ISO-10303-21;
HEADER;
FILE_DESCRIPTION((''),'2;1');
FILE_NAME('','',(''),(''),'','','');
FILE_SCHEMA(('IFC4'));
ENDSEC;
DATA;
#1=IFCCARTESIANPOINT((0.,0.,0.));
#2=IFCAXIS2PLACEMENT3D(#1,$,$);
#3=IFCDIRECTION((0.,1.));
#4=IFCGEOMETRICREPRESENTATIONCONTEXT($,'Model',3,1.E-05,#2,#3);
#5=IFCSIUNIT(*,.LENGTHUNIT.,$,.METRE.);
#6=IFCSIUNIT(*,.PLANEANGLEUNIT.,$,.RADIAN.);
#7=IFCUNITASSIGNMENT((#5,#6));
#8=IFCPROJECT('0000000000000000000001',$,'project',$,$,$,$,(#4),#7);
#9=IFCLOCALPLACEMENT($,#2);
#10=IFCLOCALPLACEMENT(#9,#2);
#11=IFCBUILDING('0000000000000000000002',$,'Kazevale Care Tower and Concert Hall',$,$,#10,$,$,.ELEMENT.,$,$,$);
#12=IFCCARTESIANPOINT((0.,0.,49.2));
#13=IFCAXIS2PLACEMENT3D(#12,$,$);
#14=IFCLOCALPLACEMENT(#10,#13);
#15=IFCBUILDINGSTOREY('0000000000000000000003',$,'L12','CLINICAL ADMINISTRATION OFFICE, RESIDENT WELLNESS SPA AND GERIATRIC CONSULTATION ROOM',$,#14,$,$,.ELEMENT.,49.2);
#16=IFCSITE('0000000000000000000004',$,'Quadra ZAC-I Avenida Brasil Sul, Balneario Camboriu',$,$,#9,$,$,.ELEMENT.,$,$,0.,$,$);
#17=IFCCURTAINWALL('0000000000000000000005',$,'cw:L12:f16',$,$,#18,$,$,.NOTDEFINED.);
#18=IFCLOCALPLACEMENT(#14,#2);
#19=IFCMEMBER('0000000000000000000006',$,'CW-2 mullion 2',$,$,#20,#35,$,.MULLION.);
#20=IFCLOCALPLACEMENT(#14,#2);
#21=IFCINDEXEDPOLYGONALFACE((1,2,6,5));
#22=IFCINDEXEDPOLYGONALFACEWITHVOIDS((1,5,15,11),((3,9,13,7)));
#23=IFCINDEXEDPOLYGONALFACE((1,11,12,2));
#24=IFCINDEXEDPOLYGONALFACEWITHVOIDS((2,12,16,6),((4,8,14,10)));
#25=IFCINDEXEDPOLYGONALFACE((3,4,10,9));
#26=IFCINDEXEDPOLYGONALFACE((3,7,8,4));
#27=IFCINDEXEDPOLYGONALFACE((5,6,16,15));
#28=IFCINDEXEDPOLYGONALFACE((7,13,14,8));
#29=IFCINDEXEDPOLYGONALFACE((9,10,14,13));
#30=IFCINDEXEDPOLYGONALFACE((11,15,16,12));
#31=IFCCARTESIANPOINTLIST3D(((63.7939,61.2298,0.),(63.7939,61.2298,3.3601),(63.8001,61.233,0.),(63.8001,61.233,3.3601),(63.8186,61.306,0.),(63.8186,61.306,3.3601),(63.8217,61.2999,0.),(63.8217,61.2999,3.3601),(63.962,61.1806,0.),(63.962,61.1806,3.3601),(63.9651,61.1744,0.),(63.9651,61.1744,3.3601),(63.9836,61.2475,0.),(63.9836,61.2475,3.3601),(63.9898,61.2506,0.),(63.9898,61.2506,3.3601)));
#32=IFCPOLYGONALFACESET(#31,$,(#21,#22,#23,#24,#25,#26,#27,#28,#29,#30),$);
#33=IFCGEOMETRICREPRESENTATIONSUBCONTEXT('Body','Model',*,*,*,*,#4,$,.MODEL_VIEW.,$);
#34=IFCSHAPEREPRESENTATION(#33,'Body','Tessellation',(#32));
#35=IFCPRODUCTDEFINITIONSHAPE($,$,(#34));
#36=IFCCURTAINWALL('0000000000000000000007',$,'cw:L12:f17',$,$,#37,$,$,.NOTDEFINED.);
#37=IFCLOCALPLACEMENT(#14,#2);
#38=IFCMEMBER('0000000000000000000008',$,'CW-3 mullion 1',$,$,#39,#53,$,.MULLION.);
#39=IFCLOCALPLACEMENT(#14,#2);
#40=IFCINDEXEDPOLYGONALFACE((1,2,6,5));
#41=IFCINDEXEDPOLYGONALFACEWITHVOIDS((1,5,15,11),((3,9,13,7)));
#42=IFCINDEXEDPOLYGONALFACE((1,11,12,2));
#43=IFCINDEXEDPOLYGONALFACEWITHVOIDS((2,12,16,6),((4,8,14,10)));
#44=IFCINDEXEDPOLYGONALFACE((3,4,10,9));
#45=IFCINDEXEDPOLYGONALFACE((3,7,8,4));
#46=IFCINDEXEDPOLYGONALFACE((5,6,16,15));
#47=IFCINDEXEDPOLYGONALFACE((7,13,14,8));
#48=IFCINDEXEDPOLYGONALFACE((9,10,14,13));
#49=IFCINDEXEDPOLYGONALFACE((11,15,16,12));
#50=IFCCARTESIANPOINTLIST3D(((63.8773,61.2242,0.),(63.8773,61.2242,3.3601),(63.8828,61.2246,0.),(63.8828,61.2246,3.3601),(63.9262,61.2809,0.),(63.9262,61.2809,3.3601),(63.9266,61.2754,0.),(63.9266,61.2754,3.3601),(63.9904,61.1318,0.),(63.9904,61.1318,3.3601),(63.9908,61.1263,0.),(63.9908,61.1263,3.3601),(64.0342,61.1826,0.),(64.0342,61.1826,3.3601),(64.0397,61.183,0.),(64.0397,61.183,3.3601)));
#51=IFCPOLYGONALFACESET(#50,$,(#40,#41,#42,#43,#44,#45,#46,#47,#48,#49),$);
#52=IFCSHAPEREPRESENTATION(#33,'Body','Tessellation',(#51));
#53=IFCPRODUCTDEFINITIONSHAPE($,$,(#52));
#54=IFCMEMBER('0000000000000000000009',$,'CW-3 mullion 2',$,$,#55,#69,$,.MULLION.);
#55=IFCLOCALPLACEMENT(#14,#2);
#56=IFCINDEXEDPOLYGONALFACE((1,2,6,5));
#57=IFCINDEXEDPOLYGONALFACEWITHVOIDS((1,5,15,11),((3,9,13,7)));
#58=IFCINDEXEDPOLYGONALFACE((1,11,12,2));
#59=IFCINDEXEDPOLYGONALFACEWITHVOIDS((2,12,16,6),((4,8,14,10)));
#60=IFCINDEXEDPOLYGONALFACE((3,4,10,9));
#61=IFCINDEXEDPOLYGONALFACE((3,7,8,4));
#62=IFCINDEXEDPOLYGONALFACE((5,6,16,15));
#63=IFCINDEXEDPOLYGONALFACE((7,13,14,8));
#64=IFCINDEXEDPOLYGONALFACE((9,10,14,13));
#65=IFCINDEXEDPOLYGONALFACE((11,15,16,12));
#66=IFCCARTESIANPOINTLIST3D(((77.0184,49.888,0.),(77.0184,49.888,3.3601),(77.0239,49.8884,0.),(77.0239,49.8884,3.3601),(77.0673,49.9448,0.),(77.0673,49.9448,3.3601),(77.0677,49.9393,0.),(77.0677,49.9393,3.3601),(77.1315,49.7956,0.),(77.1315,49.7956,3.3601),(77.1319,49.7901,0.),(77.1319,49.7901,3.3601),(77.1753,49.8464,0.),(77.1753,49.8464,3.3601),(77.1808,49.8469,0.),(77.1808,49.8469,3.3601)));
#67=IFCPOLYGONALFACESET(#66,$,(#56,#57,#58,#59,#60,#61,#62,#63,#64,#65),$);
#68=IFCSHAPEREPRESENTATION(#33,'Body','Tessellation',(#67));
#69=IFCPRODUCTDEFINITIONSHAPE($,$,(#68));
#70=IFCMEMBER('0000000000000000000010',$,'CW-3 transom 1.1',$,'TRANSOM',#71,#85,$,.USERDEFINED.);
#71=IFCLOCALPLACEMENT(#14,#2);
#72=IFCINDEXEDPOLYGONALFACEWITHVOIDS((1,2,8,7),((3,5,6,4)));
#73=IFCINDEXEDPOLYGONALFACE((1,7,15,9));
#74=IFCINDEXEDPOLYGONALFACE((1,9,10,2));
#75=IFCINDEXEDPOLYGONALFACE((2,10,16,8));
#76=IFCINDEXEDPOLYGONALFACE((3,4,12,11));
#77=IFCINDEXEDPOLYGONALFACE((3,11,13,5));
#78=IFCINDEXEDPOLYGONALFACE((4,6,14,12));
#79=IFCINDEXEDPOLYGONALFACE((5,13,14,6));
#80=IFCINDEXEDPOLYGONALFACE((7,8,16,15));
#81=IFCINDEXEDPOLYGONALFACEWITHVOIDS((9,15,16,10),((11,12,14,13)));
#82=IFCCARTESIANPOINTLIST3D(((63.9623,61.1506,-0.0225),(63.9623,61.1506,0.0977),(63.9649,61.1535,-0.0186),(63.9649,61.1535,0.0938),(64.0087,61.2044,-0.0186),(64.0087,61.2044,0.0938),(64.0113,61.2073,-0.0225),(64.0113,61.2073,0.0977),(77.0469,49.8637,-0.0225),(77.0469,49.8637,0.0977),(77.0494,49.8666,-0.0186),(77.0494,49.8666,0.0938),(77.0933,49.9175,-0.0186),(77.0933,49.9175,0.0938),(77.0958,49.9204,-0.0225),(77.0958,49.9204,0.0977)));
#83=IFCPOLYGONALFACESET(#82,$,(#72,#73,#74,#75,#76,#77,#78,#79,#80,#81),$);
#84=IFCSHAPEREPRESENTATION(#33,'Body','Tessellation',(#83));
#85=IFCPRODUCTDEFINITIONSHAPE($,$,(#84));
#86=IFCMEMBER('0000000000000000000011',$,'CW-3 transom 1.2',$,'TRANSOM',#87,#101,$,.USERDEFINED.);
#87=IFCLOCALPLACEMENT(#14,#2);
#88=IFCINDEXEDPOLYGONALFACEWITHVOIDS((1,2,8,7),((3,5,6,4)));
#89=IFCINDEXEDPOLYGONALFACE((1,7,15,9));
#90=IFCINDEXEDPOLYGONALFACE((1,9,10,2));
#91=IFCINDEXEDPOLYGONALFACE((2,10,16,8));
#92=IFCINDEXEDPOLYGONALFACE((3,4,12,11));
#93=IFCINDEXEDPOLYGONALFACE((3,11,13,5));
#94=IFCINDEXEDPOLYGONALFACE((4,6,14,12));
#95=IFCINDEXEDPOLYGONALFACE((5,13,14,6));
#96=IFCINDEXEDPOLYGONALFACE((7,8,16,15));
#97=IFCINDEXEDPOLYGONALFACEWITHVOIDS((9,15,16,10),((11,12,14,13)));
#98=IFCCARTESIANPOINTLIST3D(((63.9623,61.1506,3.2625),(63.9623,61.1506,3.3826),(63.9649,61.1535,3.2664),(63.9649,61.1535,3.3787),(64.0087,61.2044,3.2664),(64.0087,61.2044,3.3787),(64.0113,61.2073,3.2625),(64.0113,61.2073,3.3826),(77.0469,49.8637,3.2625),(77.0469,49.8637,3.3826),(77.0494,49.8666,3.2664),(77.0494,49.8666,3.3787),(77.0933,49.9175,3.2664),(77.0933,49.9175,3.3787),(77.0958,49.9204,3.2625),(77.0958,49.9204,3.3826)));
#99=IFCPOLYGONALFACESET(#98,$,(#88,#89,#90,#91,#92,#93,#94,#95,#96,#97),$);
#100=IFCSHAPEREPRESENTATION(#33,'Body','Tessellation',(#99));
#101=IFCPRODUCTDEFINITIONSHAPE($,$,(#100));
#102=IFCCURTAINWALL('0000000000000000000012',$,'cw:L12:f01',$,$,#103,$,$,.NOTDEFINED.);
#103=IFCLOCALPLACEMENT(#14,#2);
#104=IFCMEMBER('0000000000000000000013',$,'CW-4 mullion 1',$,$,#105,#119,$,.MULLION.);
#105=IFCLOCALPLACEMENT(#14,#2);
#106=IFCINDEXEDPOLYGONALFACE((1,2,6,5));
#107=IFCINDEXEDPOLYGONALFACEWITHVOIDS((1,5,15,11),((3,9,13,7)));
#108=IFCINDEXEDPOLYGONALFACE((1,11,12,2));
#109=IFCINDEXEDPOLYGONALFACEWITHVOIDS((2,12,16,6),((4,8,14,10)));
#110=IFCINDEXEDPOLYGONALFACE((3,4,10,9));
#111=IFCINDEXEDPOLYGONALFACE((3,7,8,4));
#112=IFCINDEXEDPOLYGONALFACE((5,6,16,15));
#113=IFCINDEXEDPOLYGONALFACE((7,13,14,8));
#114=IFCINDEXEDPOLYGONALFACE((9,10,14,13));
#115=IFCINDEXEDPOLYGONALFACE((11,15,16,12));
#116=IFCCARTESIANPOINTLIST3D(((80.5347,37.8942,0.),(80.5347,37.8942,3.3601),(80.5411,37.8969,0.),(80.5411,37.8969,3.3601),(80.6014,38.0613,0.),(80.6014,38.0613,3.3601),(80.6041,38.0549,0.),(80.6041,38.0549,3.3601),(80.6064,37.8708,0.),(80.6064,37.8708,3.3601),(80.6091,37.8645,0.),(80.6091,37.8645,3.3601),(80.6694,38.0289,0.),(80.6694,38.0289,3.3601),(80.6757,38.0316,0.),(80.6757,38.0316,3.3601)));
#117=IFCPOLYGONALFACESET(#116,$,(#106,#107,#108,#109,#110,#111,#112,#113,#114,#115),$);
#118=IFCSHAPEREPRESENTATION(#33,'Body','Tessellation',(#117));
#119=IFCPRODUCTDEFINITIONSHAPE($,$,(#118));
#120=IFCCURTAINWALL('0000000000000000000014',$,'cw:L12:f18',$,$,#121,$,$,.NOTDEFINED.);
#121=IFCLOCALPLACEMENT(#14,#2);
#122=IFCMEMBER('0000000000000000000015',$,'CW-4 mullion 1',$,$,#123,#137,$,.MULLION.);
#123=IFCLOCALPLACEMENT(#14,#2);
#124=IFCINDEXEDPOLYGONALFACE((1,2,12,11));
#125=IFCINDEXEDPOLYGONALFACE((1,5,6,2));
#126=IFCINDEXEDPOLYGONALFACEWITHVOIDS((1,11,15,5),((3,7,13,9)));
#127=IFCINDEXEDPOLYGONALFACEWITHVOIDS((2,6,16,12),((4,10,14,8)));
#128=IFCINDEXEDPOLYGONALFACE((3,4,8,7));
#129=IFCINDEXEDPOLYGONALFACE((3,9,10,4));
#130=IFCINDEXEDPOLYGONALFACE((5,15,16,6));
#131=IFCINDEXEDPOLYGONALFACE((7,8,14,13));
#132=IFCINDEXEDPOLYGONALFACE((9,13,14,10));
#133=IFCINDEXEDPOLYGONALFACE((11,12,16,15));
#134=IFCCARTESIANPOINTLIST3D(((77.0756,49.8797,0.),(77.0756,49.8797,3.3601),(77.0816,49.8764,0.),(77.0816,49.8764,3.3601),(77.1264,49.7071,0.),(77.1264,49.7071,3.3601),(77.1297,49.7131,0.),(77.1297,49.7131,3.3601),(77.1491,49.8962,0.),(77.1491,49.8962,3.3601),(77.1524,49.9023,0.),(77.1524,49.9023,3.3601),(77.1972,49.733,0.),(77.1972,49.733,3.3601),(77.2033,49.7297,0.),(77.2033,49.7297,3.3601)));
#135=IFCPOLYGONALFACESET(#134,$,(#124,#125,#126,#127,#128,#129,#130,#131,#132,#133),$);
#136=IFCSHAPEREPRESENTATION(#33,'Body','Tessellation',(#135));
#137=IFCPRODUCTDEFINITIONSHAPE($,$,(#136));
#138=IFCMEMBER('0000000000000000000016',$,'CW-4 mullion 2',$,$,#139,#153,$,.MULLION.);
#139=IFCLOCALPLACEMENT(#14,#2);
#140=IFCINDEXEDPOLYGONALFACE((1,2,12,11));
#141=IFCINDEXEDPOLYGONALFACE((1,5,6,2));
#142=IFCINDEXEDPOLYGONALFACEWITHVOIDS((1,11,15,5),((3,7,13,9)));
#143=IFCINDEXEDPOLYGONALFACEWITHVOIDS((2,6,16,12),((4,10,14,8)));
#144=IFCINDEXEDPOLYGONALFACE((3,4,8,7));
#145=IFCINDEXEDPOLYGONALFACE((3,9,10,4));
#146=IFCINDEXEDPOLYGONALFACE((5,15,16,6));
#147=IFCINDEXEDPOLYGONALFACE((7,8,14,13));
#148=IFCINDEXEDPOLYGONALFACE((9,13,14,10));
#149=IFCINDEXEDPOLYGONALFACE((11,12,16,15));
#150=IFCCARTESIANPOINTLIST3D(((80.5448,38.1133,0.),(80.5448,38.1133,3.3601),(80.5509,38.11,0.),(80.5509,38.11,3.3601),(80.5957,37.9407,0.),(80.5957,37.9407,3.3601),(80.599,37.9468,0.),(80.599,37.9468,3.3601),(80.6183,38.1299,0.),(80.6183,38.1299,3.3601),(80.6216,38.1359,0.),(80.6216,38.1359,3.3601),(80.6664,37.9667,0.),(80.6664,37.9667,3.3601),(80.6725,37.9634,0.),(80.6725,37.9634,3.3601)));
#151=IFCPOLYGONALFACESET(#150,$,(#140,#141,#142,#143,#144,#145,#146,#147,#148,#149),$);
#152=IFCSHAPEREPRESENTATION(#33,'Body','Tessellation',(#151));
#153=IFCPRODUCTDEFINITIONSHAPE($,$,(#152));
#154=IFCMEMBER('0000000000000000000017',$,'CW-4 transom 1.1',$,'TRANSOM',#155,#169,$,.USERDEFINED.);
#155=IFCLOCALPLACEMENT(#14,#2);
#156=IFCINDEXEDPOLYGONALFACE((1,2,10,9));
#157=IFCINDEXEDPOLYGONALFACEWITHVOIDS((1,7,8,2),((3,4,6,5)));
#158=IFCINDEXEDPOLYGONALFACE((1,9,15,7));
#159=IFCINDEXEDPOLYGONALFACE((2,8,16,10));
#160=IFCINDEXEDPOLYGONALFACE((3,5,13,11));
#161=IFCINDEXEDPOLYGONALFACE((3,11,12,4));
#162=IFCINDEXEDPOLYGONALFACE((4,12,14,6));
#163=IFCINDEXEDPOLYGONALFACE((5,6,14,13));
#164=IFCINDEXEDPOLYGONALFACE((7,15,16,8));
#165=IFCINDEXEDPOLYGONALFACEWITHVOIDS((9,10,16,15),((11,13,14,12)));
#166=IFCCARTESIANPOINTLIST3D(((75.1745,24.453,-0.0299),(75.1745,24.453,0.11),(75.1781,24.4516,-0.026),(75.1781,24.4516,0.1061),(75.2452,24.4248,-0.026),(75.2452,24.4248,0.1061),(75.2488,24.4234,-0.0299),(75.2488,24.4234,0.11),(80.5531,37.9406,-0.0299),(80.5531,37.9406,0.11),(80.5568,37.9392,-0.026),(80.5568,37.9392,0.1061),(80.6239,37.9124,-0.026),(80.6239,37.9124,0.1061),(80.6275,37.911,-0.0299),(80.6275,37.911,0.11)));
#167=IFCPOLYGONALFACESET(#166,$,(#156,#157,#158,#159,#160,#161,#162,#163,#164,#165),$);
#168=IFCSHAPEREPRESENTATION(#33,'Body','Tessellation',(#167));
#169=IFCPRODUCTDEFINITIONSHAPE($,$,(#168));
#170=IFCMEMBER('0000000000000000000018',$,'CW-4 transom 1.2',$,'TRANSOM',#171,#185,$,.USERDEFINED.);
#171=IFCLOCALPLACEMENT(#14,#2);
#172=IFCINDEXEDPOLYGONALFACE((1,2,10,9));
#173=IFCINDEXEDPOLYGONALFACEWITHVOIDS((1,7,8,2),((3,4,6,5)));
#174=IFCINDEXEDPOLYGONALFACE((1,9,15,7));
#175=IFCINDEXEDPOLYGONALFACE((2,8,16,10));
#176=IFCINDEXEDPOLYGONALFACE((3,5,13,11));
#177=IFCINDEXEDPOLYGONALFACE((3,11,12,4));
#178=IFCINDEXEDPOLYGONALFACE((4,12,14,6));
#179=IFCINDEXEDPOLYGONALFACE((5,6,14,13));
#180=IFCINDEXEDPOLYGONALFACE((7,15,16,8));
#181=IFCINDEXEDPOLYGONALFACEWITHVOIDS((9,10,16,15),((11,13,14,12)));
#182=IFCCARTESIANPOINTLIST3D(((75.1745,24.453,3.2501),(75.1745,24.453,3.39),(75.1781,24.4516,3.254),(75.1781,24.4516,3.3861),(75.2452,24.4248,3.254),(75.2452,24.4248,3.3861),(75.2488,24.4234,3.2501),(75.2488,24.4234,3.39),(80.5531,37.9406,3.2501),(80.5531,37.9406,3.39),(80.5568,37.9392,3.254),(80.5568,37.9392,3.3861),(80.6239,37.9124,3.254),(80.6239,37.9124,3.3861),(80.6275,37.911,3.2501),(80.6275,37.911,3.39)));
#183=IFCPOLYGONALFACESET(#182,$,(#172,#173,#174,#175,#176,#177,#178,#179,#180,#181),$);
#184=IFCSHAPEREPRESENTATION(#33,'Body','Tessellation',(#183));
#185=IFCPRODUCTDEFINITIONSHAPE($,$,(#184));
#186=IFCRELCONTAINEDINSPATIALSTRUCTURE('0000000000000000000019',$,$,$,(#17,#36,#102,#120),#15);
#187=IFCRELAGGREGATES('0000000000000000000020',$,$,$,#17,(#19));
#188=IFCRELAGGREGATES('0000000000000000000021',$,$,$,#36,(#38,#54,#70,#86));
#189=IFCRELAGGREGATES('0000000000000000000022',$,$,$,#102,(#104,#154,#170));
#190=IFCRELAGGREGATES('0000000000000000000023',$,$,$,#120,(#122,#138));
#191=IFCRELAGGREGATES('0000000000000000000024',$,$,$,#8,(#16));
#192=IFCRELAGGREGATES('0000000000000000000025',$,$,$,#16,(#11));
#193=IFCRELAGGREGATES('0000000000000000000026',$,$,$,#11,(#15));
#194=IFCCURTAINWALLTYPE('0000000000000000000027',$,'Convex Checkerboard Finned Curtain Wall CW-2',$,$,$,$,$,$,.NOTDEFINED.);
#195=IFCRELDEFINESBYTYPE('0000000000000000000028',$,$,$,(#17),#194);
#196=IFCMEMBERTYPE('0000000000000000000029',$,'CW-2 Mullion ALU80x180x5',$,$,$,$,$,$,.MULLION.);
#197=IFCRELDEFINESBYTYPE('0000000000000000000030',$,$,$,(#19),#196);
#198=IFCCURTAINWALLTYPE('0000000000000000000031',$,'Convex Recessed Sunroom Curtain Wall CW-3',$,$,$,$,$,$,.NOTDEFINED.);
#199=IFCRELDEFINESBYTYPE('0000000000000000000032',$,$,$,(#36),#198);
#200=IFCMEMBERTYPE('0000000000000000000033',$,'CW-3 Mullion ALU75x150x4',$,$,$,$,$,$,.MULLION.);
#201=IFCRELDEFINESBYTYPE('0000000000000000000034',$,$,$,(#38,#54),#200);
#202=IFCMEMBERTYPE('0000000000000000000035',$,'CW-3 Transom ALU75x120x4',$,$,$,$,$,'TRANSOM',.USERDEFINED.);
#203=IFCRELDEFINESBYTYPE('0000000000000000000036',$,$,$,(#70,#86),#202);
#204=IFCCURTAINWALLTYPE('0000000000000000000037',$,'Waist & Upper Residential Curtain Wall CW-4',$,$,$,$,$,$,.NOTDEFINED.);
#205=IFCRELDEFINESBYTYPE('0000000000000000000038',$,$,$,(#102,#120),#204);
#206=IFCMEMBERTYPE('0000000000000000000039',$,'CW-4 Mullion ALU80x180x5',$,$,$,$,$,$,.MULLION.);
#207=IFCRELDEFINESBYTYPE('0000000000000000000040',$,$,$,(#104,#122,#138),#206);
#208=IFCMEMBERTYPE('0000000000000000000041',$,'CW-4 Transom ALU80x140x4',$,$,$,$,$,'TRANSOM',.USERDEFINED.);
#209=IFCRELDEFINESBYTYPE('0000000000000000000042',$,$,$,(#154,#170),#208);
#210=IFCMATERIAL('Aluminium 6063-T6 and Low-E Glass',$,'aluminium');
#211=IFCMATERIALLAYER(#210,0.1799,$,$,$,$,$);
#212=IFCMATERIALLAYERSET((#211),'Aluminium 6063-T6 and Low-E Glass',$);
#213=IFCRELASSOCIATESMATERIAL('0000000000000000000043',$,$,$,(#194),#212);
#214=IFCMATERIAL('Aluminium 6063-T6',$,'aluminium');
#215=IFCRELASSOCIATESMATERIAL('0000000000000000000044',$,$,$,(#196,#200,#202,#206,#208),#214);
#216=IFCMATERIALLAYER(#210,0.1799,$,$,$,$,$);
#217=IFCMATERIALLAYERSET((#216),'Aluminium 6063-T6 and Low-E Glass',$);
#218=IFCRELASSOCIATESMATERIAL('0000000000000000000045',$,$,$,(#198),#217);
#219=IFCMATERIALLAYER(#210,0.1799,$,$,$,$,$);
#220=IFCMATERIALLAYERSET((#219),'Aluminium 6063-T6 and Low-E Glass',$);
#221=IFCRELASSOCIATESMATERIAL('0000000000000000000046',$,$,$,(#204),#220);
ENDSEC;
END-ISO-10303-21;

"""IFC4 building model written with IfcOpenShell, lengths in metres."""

from ifc_helpers import new_model, si_unit, direction, frame, origin, origin_2d, place, context, subcontext, project, spatial, hollow_rectangle, extrude, material, layer, layer_set, material_profile, profile_set, type_object, element, aggregate, save


model = new_model("IFC4")

# Units and contexts
model_context = context("Model", 3, precision=1e-05, world=origin(), true_north=direction((0.0, 1.0)))
body_context = subcontext(model_context, "Body", "Model", "MODEL_VIEW")
ifc_project = project(units=[si_unit("LENGTHUNIT", "METRE"), si_unit("PLANEANGLEUNIT", "RADIAN")], contexts=[model_context])

# Site, building, storey
site_placement = place(None, origin())
site = spatial("IfcSite", under=ifc_project, at=site_placement, Name="Quadra ZAC-I Avenida Brasil Sul, Balneario Camboriu", CompositionType="ELEMENT", RefElevation=0.0)
building_placement = place(site_placement, origin())
building = spatial("IfcBuilding", under=site, at=building_placement, Name="Kazevale Care Tower and Concert Hall", CompositionType="ELEMENT")
storey_placement = place(building_placement, frame((0.0, 0.0, 49.2)))
storey = spatial("IfcBuildingStorey", under=building, at=storey_placement, Name="L12", Description="CLINICAL ADMINISTRATION OFFICE, RESIDENT WELLNESS SPA AND GERIATRIC CONSULTATION ROOM", CompositionType="ELEMENT", Elevation=49.2)

# Curtain wall, member
ifc_material_1 = material(Name="Aluminium 6063-T6 and Low-E Glass", Category="aluminium")
ifc_layer_1 = layer(ifc_material_1, 0.1799)
ifc_layer_set_1 = layer_set([ifc_layer_1], Name="Aluminium 6063-T6 and Low-E Glass")
curtain_wall_type_1 = type_object("IfcCurtainWallType", Name="Convex Checkerboard Finned Curtain Wall CW-2", PredefinedType="NOTDEFINED", material=ifc_layer_set_1)
curtain_wall_1_placement = place(storey_placement, origin())
curtain_wall_1 = element("IfcCurtainWall", 1, at=curtain_wall_1_placement, inside=storey, type_object=curtain_wall_type_1, Name="cw:L12:f16", PredefinedType="NOTDEFINED")
ifc_material_2 = material(Name="Aluminium 6063-T6", Category="aluminium")
ifc_material_profile_1 = material_profile(ifc_material_2, hollow_rectangle(XDim=0.0801, YDim=0.1799, WallThickness=0.0049, at=origin_2d()), Name="ALU80x180x5")
ifc_profile_set_1 = profile_set([ifc_material_profile_1], Name="Aluminium 6063-T6")
member_type_1 = type_object("IfcMemberType", Name="CW-2 Mullion ALU80x180x5", PredefinedType="MULLION", material=ifc_profile_set_1)
member_1_placement = place(storey_placement, frame((63.8918, 61.2402, 0.0), z_axis=(0.0, 0.0, 1.0), x_axis=(0.307926, 0.95141, 0.0)))
member_1 = element("IfcMember", 2, at=member_1_placement, type_object=member_type_1, Name="CW-2 mullion 2", PredefinedType="MULLION", context=body_context, shape_type="SweptSolid", body=[
    extrude(hollow_rectangle(XDim=0.0801, YDim=0.1799, WallThickness=0.0049, at=origin_2d()), origin(), (0.0, 0.0, 1.0), 3.3601),
])

# Curtain wall, members
ifc_layer_2 = layer(ifc_material_1, 0.1799)
ifc_layer_set_2 = layer_set([ifc_layer_2], Name="Aluminium 6063-T6 and Low-E Glass")
curtain_wall_type_2 = type_object("IfcCurtainWallType", Name="Convex Recessed Sunroom Curtain Wall CW-3", PredefinedType="NOTDEFINED", material=ifc_layer_set_2)
curtain_wall_2_placement = place(storey_placement, origin())
curtain_wall_2 = element("IfcCurtainWall", 3, at=curtain_wall_2_placement, inside=storey, type_object=curtain_wall_type_2, Name="cw:L12:f17", PredefinedType="NOTDEFINED")
ifc_material_profile_2 = material_profile(ifc_material_2, hollow_rectangle(XDim=0.075, YDim=0.1499, WallThickness=0.0039, at=origin_2d()), Name="ALU75x150x4")
ifc_profile_set_2 = profile_set([ifc_material_profile_2], Name="Aluminium 6063-T6")
member_type_2 = type_object("IfcMemberType", Name="CW-3 Mullion ALU75x150x4", PredefinedType="MULLION", material=ifc_profile_set_2)
member_2_placement = place(storey_placement, frame((63.9585, 61.2036, 0.0), z_axis=(0.0, 0.0, 1.0), x_axis=(0.653184, 0.7572, 0.0)))
member_2 = element("IfcMember", 4, at=member_2_placement, type_object=member_type_2, Name="CW-3 mullion 1", PredefinedType="MULLION", context=body_context, shape_type="SweptSolid", body=[
    extrude(hollow_rectangle(XDim=0.075, YDim=0.1499, WallThickness=0.0039, at=origin_2d()), origin(), (0.0, 0.0, 1.0), 3.3601),
])
member_3_placement = place(storey_placement, frame((77.0996, 49.8674, 0.0), z_axis=(0.0, 0.0, 1.0), x_axis=(0.653184, 0.7572, 0.0)))
member_3 = element("IfcMember", 5, at=member_3_placement, type_object=member_type_2, Name="CW-3 mullion 2", PredefinedType="MULLION", context=body_context, shape_type="SweptSolid", body=[
    extrude(hollow_rectangle(XDim=0.075, YDim=0.1499, WallThickness=0.0039, at=origin_2d()), origin(), (0.0, 0.0, 1.0), 3.3601),
])
ifc_material_profile_3 = material_profile(ifc_material_2, hollow_rectangle(XDim=0.075, YDim=0.1201, WallThickness=0.0039, at=origin_2d()), Name="ALU75x120x4")
ifc_profile_set_3 = profile_set([ifc_material_profile_3], Name="Aluminium 6063-T6")
member_type_3 = type_object("IfcMemberType", Name="CW-3 Transom ALU75x120x4", ElementType="TRANSOM", PredefinedType="USERDEFINED", material=ifc_profile_set_3)
member_4_placement = place(storey_placement, frame((63.9868, 61.179, 0.0376), z_axis=(0.757205, -0.653177, 0.0), x_axis=(0.653177, 0.757205, 0.0)))
member_4 = element("IfcMember", 6, at=member_4_placement, type_object=member_type_3, Name="CW-3 transom 1.1", ObjectType="TRANSOM", PredefinedType="USERDEFINED", context=body_context, shape_type="SweptSolid", body=[
    extrude(hollow_rectangle(XDim=0.075, YDim=0.1201, WallThickness=0.0039, at=origin_2d()), origin(), (0.0, 0.0, 1.0), 17.28),
])
member_5_placement = place(storey_placement, frame((63.9868, 61.179, 3.3225), z_axis=(0.757205, -0.653177, 0.0), x_axis=(0.653177, 0.757205, 0.0)))
member_5 = element("IfcMember", 7, at=member_5_placement, type_object=member_type_3, Name="CW-3 transom 1.2", ObjectType="TRANSOM", PredefinedType="USERDEFINED", context=body_context, shape_type="SweptSolid", body=[
    extrude(hollow_rectangle(XDim=0.075, YDim=0.1201, WallThickness=0.0039, at=origin_2d()), origin(), (0.0, 0.0, 1.0), 17.28),
])

# Curtain wall, member
ifc_layer_3 = layer(ifc_material_1, 0.1799)
ifc_layer_set_3 = layer_set([ifc_layer_3], Name="Aluminium 6063-T6 and Low-E Glass")
curtain_wall_type_3 = type_object("IfcCurtainWallType", Name="Waist & Upper Residential Curtain Wall CW-4", PredefinedType="NOTDEFINED", material=ifc_layer_set_3)
curtain_wall_3_placement = place(storey_placement, origin())
curtain_wall_3 = element("IfcCurtainWall", 8, at=curtain_wall_3_placement, inside=storey, type_object=curtain_wall_type_3, Name="cw:L12:f01", PredefinedType="NOTDEFINED")
ifc_material_profile_4 = material_profile(ifc_material_2, hollow_rectangle(XDim=0.0801, YDim=0.1799, WallThickness=0.0049, at=origin_2d()), Name="ALU80x180x5")
ifc_profile_set_4 = profile_set([ifc_material_profile_4], Name="Aluminium 6063-T6")
member_type_4 = type_object("IfcMemberType", Name="CW-4 Mullion ALU80x180x5", PredefinedType="MULLION", material=ifc_profile_set_4)
member_6_placement = place(storey_placement, frame((80.6052, 37.9629, 0.0), z_axis=(0.0, 0.0, 1.0), x_axis=(0.928861, -0.370427, 0.0)))
member_6 = element("IfcMember", 9, at=member_6_placement, type_object=member_type_4, Name="CW-4 mullion 1", PredefinedType="MULLION", context=body_context, shape_type="SweptSolid", body=[
    extrude(hollow_rectangle(XDim=0.0801, YDim=0.1799, WallThickness=0.0049, at=origin_2d()), origin(), (0.0, 0.0, 1.0), 3.3601),
])

# Curtain wall, members
curtain_wall_4_placement = place(storey_placement, origin())
curtain_wall_4 = element("IfcCurtainWall", 10, at=curtain_wall_4_placement, inside=storey, type_object=curtain_wall_type_3, Name="cw:L12:f18", PredefinedType="NOTDEFINED")
member_7_placement = place(storey_placement, frame((77.1394, 49.8047, 0.0), z_axis=(0.0, 0.0, 1.0), x_axis=(0.959173, 0.28282, 0.0)))
member_7 = element("IfcMember", 11, at=member_7_placement, type_object=member_type_4, Name="CW-4 mullion 1", PredefinedType="MULLION", context=body_context, shape_type="SweptSolid", body=[
    extrude(hollow_rectangle(XDim=0.0801, YDim=0.1799, WallThickness=0.0049, at=origin_2d()), origin(), (0.0, 0.0, 1.0), 3.3601),
])
member_8_placement = place(storey_placement, frame((80.6086, 38.0383, 0.0), z_axis=(0.0, 0.0, 1.0), x_axis=(0.959173, 0.28282, 0.0)))
member_8 = element("IfcMember", 12, at=member_8_placement, type_object=member_type_4, Name="CW-4 mullion 2", PredefinedType="MULLION", context=body_context, shape_type="SweptSolid", body=[
    extrude(hollow_rectangle(XDim=0.0801, YDim=0.1799, WallThickness=0.0049, at=origin_2d()), origin(), (0.0, 0.0, 1.0), 3.3601),
])

# Members
ifc_material_profile_5 = material_profile(ifc_material_2, hollow_rectangle(XDim=0.0801, YDim=0.1399, WallThickness=0.0039, at=origin_2d()), Name="ALU80x140x4")
ifc_profile_set_5 = profile_set([ifc_material_profile_5], Name="Aluminium 6063-T6")
member_type_5 = type_object("IfcMemberType", Name="CW-4 Transom ALU80x140x4", ElementType="TRANSOM", PredefinedType="USERDEFINED", material=ifc_profile_set_5)
member_9_placement = place(storey_placement, frame((80.5903, 37.9258, 0.04), z_axis=(-0.370419, -0.928865, 0.0), x_axis=(0.928865, -0.370419, 0.0)))
member_9 = element("IfcMember", 13, at=member_9_placement, type_object=member_type_5, Name="CW-4 transom 1.1", ObjectType="TRANSOM", PredefinedType="USERDEFINED", context=body_context, shape_type="SweptSolid", body=[
    extrude(hollow_rectangle(XDim=0.0801, YDim=0.1399, WallThickness=0.0039, at=origin_2d()), origin(), (0.0, 0.0, 1.0), 14.5205),
])
member_10_placement = place(storey_placement, frame((80.5903, 37.9258, 3.3201), z_axis=(-0.370419, -0.928865, 0.0), x_axis=(0.928865, -0.370419, 0.0)))
member_10 = element("IfcMember", 14, at=member_10_placement, type_object=member_type_5, Name="CW-4 transom 1.2", ObjectType="TRANSOM", PredefinedType="USERDEFINED", context=body_context, shape_type="SweptSolid", body=[
    extrude(hollow_rectangle(XDim=0.0801, YDim=0.1399, WallThickness=0.0039, at=origin_2d()), origin(), (0.0, 0.0, 1.0), 14.5205),
])

aggregate(curtain_wall_1, [member_1])
aggregate(curtain_wall_2, [member_2, member_3, member_4, member_5])
aggregate(curtain_wall_3, [member_6, member_9, member_10])
aggregate(curtain_wall_4, [member_7, member_8])

save(model, "model.ifc")
